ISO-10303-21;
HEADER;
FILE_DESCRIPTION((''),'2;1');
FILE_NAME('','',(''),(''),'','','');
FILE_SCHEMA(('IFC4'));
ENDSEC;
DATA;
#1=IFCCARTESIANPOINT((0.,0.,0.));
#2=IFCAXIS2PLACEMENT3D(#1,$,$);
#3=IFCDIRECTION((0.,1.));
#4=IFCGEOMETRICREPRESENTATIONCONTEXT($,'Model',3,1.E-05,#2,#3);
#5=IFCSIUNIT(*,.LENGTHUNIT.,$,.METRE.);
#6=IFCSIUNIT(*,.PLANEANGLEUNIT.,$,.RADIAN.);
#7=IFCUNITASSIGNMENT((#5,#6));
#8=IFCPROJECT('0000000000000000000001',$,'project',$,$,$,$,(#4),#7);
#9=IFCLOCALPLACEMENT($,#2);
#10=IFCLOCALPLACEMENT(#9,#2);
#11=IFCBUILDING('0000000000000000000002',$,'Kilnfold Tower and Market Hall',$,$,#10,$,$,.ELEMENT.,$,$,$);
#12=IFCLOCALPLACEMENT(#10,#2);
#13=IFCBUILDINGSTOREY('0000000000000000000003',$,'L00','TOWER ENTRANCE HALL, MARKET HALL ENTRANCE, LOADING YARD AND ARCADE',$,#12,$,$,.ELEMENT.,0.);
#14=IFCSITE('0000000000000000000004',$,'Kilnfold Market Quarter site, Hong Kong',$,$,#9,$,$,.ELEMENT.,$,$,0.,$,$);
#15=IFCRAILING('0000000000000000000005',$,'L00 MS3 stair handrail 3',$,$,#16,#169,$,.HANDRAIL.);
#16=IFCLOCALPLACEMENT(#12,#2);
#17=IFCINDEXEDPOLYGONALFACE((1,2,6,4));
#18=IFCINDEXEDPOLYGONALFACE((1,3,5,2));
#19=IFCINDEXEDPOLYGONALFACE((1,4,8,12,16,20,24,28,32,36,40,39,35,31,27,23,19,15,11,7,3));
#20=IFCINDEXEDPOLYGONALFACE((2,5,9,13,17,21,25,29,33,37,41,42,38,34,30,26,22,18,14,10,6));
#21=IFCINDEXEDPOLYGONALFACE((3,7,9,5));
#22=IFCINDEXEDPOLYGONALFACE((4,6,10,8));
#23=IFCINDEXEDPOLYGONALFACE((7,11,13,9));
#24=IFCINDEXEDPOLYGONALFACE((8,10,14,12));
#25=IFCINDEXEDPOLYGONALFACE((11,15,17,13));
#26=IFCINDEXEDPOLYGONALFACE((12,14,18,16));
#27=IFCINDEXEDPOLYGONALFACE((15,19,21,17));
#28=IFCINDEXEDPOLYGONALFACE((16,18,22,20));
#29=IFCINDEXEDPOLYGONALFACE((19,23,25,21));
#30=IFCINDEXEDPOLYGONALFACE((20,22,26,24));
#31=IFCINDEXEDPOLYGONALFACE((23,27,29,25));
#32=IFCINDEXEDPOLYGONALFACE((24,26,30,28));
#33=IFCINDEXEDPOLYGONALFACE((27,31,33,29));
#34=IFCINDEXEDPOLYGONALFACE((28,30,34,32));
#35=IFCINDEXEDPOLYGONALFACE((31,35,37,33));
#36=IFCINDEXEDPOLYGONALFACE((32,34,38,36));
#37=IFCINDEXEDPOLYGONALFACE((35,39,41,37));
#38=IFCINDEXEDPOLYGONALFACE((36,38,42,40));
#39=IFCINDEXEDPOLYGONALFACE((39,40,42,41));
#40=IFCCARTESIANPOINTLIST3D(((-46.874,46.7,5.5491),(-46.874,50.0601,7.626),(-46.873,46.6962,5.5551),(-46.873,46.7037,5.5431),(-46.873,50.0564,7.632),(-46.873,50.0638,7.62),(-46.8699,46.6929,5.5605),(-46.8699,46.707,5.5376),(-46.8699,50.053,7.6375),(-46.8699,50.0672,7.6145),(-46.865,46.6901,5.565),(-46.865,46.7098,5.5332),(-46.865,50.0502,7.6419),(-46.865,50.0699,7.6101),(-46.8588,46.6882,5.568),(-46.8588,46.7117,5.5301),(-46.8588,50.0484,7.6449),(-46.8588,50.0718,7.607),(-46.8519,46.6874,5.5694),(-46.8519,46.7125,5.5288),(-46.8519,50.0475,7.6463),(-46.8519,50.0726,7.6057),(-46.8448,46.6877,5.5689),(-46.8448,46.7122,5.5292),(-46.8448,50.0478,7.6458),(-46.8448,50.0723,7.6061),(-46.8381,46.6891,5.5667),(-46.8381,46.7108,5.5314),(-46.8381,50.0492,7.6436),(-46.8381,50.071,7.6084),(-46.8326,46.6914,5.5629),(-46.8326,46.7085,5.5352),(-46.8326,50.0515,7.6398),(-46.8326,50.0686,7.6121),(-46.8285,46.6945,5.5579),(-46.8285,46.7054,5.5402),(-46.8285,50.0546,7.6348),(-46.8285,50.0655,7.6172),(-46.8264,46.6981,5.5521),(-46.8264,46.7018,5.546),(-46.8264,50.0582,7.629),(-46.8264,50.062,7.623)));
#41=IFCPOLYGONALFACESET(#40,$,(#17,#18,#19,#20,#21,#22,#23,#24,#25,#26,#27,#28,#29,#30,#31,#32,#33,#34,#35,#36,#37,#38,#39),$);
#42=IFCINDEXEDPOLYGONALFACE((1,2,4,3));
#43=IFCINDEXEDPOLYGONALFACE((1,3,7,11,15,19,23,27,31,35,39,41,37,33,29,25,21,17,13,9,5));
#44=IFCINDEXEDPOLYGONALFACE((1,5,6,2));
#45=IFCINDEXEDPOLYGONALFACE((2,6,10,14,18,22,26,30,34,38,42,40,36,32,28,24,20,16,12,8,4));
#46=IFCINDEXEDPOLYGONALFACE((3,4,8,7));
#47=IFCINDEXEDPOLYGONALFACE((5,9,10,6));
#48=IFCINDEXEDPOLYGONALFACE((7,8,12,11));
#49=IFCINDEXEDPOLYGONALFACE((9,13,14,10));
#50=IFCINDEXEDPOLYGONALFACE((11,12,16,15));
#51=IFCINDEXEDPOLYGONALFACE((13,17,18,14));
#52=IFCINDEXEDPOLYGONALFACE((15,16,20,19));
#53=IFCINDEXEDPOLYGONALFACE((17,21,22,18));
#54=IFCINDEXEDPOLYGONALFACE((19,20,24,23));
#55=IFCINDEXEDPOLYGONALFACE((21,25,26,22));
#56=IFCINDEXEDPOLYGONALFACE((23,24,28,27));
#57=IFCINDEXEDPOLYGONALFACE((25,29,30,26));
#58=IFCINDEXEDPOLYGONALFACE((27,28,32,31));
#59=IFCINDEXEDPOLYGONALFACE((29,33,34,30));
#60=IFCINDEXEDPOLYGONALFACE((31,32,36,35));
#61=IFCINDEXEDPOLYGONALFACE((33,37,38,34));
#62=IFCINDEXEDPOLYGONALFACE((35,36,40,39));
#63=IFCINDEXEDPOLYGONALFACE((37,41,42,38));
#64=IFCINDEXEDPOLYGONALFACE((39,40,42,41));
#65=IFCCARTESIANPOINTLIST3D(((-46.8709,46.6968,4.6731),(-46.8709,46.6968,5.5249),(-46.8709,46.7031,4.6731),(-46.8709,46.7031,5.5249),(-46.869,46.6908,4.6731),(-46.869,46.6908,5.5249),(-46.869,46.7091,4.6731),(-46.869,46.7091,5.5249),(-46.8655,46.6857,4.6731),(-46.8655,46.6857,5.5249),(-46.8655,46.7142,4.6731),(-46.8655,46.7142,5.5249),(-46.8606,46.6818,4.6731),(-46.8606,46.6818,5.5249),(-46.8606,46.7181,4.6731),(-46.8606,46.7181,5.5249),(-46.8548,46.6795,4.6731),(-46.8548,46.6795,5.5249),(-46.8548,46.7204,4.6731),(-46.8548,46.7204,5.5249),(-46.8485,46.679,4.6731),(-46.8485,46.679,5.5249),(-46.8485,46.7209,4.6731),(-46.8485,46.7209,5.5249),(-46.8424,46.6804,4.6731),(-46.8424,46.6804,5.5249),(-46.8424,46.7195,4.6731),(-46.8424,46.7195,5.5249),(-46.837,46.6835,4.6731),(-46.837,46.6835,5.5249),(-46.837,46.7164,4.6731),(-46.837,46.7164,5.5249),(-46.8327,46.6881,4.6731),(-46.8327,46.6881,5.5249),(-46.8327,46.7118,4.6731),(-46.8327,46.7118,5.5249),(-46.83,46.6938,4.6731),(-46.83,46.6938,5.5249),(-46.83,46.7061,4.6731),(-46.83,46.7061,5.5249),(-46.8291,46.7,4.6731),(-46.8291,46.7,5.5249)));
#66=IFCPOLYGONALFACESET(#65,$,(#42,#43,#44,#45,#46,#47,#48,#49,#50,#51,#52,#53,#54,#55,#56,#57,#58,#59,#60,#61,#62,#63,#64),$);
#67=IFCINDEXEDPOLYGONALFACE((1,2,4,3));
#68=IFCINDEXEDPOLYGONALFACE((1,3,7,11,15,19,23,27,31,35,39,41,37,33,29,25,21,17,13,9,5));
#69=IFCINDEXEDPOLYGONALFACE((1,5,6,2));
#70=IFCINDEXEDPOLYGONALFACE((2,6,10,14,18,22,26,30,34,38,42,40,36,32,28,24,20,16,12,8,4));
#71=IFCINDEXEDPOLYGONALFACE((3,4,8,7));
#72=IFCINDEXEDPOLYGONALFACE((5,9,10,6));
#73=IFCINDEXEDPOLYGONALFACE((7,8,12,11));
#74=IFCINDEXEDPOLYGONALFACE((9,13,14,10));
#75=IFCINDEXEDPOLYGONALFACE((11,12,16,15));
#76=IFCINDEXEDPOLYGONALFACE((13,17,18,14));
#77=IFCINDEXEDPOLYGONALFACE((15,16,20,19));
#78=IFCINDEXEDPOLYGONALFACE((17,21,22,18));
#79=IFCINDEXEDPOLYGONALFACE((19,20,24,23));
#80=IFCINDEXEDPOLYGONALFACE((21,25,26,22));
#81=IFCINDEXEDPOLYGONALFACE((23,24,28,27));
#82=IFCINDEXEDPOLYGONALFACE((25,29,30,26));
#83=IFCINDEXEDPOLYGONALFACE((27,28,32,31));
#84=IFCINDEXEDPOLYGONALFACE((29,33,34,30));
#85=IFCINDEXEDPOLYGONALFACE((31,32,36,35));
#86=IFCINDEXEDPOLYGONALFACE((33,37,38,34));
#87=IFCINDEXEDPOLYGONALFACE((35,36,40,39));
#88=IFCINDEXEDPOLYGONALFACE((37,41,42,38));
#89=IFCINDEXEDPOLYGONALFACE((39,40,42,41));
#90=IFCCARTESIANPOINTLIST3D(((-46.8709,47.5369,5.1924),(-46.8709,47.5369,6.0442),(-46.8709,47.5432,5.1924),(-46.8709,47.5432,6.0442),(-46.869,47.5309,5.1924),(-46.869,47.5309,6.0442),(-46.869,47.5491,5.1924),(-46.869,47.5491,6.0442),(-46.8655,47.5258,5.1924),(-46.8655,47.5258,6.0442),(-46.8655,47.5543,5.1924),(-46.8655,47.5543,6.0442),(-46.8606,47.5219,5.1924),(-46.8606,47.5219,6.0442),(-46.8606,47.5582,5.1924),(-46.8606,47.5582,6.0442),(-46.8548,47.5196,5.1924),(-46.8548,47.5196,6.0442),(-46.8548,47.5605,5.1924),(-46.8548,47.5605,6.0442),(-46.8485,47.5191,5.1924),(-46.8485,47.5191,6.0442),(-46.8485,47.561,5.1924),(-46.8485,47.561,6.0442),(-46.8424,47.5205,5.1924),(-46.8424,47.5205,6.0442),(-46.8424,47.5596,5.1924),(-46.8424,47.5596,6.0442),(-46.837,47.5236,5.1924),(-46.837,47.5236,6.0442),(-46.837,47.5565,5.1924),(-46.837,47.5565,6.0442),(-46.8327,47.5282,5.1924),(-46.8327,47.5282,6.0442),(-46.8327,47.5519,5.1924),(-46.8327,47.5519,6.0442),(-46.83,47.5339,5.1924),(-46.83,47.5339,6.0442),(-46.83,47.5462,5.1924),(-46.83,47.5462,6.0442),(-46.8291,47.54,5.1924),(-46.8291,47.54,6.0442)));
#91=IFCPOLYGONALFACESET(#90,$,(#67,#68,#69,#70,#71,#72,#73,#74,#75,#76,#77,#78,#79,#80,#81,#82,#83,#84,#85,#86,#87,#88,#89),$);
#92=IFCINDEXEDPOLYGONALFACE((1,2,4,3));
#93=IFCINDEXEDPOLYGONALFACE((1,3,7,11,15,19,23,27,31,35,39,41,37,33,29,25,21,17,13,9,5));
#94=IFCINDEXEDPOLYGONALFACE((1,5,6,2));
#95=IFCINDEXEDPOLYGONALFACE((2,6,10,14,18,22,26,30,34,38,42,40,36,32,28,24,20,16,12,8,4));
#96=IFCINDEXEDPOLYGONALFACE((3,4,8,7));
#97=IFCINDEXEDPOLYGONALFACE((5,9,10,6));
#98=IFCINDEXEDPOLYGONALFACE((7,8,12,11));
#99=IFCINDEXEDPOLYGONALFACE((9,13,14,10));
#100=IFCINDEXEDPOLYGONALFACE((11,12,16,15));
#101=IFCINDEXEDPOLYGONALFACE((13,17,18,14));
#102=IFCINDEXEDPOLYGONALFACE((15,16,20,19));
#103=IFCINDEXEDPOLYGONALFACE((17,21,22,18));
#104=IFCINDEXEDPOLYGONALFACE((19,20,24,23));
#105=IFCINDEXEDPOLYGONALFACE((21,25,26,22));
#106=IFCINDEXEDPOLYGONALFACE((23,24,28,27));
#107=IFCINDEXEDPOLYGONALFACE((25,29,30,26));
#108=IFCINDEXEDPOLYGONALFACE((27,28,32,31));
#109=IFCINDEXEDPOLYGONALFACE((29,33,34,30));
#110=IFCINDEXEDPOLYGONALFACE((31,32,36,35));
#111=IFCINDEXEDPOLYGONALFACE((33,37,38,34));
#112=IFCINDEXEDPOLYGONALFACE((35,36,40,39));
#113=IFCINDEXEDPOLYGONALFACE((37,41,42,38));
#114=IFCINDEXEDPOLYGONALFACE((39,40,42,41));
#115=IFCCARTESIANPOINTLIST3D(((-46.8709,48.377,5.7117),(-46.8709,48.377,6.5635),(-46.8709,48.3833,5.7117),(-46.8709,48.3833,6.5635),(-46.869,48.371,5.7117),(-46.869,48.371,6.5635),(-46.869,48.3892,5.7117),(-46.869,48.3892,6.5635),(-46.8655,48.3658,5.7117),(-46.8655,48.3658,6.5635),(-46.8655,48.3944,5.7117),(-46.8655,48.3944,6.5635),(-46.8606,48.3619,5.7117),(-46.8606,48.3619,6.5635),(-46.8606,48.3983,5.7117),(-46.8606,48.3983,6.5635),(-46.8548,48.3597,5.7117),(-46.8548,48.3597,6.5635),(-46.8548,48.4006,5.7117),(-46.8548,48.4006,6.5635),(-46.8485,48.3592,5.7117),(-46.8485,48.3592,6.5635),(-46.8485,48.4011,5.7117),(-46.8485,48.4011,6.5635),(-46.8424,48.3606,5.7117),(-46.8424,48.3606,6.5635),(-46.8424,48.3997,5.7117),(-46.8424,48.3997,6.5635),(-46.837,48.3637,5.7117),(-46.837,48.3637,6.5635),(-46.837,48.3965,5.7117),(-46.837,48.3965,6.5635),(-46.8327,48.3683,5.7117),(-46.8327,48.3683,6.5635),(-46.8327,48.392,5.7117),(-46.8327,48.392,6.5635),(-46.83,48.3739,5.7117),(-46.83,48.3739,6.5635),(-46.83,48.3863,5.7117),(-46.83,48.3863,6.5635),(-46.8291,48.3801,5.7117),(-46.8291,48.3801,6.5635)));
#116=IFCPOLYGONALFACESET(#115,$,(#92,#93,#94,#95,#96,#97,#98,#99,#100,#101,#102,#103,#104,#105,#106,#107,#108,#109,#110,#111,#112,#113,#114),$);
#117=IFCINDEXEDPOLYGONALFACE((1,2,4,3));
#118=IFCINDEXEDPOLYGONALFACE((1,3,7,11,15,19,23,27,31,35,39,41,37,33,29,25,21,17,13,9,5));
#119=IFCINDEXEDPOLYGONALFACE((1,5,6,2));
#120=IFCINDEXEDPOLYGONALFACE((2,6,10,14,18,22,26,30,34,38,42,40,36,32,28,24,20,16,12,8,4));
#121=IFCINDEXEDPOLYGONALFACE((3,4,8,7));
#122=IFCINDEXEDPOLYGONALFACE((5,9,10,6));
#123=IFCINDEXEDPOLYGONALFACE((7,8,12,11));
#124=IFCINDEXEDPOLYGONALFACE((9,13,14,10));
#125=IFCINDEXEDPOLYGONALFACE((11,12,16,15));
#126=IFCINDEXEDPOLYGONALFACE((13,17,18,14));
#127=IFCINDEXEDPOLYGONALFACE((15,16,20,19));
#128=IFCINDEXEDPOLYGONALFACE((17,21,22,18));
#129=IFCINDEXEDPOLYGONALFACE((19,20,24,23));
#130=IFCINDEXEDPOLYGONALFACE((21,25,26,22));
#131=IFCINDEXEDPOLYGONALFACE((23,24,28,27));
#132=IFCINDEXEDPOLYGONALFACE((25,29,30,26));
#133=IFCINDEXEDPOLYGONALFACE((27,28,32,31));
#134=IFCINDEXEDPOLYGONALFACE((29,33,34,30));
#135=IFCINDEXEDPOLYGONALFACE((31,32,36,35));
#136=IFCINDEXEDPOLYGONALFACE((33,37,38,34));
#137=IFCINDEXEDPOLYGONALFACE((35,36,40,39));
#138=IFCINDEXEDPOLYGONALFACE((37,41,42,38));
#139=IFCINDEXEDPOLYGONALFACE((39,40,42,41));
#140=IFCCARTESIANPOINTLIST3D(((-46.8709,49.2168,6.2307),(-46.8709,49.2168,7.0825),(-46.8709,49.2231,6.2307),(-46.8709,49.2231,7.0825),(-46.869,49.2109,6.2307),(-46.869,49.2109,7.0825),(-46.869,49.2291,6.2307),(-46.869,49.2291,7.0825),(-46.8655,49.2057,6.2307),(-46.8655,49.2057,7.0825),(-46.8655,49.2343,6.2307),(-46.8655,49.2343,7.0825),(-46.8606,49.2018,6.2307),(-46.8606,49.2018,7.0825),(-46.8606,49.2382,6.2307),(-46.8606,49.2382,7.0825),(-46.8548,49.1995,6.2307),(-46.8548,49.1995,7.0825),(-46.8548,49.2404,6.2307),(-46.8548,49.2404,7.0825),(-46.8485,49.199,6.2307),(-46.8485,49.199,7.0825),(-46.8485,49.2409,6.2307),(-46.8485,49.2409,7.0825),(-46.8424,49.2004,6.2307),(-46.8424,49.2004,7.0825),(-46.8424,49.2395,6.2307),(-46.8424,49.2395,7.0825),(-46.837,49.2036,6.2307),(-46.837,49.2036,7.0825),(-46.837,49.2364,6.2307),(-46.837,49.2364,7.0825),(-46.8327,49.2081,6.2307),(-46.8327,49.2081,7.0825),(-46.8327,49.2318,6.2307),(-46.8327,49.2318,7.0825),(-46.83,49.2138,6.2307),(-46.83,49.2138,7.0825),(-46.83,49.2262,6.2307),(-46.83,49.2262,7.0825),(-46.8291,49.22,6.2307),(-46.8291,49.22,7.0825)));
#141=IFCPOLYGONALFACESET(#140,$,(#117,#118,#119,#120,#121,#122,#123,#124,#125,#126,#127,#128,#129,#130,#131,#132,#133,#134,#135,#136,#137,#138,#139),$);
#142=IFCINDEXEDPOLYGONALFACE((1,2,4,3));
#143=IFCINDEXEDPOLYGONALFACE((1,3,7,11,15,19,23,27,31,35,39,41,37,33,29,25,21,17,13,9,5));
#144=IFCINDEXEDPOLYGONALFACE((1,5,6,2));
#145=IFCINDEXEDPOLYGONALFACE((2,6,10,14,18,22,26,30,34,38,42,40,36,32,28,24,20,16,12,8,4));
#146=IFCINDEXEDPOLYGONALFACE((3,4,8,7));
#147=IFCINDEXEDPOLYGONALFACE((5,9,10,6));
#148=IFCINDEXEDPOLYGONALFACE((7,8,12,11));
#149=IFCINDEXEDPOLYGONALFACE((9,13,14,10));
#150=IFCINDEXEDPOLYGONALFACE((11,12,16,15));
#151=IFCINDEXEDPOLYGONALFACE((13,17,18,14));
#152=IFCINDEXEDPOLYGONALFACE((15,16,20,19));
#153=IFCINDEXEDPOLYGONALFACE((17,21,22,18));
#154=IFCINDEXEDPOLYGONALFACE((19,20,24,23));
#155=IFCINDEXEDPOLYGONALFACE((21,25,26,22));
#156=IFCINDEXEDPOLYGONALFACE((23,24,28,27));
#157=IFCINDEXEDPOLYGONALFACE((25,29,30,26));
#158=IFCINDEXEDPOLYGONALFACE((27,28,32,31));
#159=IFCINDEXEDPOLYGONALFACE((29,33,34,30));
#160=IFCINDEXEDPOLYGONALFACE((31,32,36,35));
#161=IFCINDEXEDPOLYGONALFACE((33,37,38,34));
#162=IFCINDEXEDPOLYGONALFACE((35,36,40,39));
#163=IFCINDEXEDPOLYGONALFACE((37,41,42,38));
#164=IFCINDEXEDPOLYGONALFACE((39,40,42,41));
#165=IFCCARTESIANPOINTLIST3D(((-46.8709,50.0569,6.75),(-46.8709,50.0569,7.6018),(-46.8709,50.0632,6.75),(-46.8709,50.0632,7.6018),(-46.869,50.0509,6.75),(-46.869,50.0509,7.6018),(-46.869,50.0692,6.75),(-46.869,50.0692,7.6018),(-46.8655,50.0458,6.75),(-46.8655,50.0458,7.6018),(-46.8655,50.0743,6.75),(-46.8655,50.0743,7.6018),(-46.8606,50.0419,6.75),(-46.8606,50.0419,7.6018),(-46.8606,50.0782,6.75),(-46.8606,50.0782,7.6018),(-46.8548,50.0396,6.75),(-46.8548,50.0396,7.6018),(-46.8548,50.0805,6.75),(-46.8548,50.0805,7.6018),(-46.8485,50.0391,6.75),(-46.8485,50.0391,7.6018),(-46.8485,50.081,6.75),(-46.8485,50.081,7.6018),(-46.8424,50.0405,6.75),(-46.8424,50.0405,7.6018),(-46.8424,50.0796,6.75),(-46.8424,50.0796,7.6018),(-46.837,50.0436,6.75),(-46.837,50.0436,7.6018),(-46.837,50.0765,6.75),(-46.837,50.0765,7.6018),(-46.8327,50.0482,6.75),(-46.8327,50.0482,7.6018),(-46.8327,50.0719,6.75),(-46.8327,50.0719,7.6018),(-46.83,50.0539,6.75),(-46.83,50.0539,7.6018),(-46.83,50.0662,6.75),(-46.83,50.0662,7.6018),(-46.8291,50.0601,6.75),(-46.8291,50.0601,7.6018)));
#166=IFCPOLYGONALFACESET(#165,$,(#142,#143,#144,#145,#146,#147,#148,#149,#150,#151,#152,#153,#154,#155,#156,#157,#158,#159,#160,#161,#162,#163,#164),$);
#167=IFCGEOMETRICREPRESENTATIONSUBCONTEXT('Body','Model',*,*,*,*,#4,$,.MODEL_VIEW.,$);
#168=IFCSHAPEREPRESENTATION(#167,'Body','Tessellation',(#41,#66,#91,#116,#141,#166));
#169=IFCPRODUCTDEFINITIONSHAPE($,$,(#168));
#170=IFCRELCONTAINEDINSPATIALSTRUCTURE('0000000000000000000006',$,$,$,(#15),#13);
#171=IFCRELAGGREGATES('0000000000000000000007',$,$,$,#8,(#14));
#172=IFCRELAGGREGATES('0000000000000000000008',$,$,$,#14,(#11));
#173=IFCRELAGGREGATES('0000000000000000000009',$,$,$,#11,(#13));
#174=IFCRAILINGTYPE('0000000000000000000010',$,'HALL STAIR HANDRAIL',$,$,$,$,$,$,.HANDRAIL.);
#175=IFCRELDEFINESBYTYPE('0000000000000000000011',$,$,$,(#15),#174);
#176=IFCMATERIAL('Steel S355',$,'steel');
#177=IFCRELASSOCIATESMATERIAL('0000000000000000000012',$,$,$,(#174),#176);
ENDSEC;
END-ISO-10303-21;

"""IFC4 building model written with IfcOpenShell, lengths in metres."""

from ifc_helpers import new_model, si_unit, direction, frame, origin, origin_2d, place, context, subcontext, project, spatial, circle, extrude, material, type_object, element, save


model = new_model("IFC4")

# Units and contexts
model_context = context("Model", 3, precision=1e-05, world=origin(), true_north=direction((0.0, 1.0)))
body_context = subcontext(model_context, "Body", "Model", "MODEL_VIEW")
ifc_project = project(units=[si_unit("LENGTHUNIT", "METRE"), si_unit("PLANEANGLEUNIT", "RADIAN")], contexts=[model_context])

# Site, building, storey
site_placement = place(None, origin())
site = spatial("IfcSite", under=ifc_project, at=site_placement, Name="Kilnfold Market Quarter site, Hong Kong", CompositionType="ELEMENT", RefElevation=0.0)
building_placement = place(site_placement, origin())
building = spatial("IfcBuilding", under=site, at=building_placement, Name="Kilnfold Tower and Market Hall", CompositionType="ELEMENT")
storey_placement = place(building_placement, origin())
storey = spatial("IfcBuildingStorey", under=building, at=storey_placement, Name="L00", Description="TOWER ENTRANCE HALL, MARKET HALL ENTRANCE, LOADING YARD AND ARCADE", CompositionType="ELEMENT", Elevation=0.0)

# Railing
ifc_material_1 = material(Name="Steel S355", Category="steel")
railing_type_1 = type_object("IfcRailingType", Name="HALL STAIR HANDRAIL", PredefinedType="HANDRAIL", material=ifc_material_1)
railing_1_placement = place(storey_placement, frame((-46.8501, 46.7, 4.6731)))
element("IfcRailing", 1, at=railing_1_placement, inside=storey, type_object=railing_type_1, Name="L00 MS3 stair handrail 3", PredefinedType="HANDRAIL", context=body_context, shape_type="SweptSolid", body=[
    extrude(circle(Radius=0.0239, at=origin_2d()), frame((0.0, 0.0, 0.876), z_axis=(0.0, 0.850623, 0.525776), x_axis=(-1.0, 0.0, 0.0)), (0.0, 0.0, 1.0), 3.9502),
    extrude(circle(Radius=0.021, at=origin_2d()), origin(), (0.0, 0.0, 1.0), 0.8518),
    extrude(circle(Radius=0.021, at=origin_2d()), frame((0.0, 0.8401, 0.5193)), (0.0, 0.0, 1.0), 0.8518),
    extrude(circle(Radius=0.021, at=origin_2d()), frame((0.0, 1.6802, 1.0386)), (0.0, 0.0, 1.0), 0.8518),
    extrude(circle(Radius=0.021, at=origin_2d()), frame((0.0, 2.52, 1.5576)), (0.0, 0.0, 1.0), 0.8518),
    extrude(circle(Radius=0.021, at=origin_2d()), frame((0.0, 3.3601, 2.0769)), (0.0, 0.0, 1.0), 0.8518),
])

save(model, "model.ifc")
